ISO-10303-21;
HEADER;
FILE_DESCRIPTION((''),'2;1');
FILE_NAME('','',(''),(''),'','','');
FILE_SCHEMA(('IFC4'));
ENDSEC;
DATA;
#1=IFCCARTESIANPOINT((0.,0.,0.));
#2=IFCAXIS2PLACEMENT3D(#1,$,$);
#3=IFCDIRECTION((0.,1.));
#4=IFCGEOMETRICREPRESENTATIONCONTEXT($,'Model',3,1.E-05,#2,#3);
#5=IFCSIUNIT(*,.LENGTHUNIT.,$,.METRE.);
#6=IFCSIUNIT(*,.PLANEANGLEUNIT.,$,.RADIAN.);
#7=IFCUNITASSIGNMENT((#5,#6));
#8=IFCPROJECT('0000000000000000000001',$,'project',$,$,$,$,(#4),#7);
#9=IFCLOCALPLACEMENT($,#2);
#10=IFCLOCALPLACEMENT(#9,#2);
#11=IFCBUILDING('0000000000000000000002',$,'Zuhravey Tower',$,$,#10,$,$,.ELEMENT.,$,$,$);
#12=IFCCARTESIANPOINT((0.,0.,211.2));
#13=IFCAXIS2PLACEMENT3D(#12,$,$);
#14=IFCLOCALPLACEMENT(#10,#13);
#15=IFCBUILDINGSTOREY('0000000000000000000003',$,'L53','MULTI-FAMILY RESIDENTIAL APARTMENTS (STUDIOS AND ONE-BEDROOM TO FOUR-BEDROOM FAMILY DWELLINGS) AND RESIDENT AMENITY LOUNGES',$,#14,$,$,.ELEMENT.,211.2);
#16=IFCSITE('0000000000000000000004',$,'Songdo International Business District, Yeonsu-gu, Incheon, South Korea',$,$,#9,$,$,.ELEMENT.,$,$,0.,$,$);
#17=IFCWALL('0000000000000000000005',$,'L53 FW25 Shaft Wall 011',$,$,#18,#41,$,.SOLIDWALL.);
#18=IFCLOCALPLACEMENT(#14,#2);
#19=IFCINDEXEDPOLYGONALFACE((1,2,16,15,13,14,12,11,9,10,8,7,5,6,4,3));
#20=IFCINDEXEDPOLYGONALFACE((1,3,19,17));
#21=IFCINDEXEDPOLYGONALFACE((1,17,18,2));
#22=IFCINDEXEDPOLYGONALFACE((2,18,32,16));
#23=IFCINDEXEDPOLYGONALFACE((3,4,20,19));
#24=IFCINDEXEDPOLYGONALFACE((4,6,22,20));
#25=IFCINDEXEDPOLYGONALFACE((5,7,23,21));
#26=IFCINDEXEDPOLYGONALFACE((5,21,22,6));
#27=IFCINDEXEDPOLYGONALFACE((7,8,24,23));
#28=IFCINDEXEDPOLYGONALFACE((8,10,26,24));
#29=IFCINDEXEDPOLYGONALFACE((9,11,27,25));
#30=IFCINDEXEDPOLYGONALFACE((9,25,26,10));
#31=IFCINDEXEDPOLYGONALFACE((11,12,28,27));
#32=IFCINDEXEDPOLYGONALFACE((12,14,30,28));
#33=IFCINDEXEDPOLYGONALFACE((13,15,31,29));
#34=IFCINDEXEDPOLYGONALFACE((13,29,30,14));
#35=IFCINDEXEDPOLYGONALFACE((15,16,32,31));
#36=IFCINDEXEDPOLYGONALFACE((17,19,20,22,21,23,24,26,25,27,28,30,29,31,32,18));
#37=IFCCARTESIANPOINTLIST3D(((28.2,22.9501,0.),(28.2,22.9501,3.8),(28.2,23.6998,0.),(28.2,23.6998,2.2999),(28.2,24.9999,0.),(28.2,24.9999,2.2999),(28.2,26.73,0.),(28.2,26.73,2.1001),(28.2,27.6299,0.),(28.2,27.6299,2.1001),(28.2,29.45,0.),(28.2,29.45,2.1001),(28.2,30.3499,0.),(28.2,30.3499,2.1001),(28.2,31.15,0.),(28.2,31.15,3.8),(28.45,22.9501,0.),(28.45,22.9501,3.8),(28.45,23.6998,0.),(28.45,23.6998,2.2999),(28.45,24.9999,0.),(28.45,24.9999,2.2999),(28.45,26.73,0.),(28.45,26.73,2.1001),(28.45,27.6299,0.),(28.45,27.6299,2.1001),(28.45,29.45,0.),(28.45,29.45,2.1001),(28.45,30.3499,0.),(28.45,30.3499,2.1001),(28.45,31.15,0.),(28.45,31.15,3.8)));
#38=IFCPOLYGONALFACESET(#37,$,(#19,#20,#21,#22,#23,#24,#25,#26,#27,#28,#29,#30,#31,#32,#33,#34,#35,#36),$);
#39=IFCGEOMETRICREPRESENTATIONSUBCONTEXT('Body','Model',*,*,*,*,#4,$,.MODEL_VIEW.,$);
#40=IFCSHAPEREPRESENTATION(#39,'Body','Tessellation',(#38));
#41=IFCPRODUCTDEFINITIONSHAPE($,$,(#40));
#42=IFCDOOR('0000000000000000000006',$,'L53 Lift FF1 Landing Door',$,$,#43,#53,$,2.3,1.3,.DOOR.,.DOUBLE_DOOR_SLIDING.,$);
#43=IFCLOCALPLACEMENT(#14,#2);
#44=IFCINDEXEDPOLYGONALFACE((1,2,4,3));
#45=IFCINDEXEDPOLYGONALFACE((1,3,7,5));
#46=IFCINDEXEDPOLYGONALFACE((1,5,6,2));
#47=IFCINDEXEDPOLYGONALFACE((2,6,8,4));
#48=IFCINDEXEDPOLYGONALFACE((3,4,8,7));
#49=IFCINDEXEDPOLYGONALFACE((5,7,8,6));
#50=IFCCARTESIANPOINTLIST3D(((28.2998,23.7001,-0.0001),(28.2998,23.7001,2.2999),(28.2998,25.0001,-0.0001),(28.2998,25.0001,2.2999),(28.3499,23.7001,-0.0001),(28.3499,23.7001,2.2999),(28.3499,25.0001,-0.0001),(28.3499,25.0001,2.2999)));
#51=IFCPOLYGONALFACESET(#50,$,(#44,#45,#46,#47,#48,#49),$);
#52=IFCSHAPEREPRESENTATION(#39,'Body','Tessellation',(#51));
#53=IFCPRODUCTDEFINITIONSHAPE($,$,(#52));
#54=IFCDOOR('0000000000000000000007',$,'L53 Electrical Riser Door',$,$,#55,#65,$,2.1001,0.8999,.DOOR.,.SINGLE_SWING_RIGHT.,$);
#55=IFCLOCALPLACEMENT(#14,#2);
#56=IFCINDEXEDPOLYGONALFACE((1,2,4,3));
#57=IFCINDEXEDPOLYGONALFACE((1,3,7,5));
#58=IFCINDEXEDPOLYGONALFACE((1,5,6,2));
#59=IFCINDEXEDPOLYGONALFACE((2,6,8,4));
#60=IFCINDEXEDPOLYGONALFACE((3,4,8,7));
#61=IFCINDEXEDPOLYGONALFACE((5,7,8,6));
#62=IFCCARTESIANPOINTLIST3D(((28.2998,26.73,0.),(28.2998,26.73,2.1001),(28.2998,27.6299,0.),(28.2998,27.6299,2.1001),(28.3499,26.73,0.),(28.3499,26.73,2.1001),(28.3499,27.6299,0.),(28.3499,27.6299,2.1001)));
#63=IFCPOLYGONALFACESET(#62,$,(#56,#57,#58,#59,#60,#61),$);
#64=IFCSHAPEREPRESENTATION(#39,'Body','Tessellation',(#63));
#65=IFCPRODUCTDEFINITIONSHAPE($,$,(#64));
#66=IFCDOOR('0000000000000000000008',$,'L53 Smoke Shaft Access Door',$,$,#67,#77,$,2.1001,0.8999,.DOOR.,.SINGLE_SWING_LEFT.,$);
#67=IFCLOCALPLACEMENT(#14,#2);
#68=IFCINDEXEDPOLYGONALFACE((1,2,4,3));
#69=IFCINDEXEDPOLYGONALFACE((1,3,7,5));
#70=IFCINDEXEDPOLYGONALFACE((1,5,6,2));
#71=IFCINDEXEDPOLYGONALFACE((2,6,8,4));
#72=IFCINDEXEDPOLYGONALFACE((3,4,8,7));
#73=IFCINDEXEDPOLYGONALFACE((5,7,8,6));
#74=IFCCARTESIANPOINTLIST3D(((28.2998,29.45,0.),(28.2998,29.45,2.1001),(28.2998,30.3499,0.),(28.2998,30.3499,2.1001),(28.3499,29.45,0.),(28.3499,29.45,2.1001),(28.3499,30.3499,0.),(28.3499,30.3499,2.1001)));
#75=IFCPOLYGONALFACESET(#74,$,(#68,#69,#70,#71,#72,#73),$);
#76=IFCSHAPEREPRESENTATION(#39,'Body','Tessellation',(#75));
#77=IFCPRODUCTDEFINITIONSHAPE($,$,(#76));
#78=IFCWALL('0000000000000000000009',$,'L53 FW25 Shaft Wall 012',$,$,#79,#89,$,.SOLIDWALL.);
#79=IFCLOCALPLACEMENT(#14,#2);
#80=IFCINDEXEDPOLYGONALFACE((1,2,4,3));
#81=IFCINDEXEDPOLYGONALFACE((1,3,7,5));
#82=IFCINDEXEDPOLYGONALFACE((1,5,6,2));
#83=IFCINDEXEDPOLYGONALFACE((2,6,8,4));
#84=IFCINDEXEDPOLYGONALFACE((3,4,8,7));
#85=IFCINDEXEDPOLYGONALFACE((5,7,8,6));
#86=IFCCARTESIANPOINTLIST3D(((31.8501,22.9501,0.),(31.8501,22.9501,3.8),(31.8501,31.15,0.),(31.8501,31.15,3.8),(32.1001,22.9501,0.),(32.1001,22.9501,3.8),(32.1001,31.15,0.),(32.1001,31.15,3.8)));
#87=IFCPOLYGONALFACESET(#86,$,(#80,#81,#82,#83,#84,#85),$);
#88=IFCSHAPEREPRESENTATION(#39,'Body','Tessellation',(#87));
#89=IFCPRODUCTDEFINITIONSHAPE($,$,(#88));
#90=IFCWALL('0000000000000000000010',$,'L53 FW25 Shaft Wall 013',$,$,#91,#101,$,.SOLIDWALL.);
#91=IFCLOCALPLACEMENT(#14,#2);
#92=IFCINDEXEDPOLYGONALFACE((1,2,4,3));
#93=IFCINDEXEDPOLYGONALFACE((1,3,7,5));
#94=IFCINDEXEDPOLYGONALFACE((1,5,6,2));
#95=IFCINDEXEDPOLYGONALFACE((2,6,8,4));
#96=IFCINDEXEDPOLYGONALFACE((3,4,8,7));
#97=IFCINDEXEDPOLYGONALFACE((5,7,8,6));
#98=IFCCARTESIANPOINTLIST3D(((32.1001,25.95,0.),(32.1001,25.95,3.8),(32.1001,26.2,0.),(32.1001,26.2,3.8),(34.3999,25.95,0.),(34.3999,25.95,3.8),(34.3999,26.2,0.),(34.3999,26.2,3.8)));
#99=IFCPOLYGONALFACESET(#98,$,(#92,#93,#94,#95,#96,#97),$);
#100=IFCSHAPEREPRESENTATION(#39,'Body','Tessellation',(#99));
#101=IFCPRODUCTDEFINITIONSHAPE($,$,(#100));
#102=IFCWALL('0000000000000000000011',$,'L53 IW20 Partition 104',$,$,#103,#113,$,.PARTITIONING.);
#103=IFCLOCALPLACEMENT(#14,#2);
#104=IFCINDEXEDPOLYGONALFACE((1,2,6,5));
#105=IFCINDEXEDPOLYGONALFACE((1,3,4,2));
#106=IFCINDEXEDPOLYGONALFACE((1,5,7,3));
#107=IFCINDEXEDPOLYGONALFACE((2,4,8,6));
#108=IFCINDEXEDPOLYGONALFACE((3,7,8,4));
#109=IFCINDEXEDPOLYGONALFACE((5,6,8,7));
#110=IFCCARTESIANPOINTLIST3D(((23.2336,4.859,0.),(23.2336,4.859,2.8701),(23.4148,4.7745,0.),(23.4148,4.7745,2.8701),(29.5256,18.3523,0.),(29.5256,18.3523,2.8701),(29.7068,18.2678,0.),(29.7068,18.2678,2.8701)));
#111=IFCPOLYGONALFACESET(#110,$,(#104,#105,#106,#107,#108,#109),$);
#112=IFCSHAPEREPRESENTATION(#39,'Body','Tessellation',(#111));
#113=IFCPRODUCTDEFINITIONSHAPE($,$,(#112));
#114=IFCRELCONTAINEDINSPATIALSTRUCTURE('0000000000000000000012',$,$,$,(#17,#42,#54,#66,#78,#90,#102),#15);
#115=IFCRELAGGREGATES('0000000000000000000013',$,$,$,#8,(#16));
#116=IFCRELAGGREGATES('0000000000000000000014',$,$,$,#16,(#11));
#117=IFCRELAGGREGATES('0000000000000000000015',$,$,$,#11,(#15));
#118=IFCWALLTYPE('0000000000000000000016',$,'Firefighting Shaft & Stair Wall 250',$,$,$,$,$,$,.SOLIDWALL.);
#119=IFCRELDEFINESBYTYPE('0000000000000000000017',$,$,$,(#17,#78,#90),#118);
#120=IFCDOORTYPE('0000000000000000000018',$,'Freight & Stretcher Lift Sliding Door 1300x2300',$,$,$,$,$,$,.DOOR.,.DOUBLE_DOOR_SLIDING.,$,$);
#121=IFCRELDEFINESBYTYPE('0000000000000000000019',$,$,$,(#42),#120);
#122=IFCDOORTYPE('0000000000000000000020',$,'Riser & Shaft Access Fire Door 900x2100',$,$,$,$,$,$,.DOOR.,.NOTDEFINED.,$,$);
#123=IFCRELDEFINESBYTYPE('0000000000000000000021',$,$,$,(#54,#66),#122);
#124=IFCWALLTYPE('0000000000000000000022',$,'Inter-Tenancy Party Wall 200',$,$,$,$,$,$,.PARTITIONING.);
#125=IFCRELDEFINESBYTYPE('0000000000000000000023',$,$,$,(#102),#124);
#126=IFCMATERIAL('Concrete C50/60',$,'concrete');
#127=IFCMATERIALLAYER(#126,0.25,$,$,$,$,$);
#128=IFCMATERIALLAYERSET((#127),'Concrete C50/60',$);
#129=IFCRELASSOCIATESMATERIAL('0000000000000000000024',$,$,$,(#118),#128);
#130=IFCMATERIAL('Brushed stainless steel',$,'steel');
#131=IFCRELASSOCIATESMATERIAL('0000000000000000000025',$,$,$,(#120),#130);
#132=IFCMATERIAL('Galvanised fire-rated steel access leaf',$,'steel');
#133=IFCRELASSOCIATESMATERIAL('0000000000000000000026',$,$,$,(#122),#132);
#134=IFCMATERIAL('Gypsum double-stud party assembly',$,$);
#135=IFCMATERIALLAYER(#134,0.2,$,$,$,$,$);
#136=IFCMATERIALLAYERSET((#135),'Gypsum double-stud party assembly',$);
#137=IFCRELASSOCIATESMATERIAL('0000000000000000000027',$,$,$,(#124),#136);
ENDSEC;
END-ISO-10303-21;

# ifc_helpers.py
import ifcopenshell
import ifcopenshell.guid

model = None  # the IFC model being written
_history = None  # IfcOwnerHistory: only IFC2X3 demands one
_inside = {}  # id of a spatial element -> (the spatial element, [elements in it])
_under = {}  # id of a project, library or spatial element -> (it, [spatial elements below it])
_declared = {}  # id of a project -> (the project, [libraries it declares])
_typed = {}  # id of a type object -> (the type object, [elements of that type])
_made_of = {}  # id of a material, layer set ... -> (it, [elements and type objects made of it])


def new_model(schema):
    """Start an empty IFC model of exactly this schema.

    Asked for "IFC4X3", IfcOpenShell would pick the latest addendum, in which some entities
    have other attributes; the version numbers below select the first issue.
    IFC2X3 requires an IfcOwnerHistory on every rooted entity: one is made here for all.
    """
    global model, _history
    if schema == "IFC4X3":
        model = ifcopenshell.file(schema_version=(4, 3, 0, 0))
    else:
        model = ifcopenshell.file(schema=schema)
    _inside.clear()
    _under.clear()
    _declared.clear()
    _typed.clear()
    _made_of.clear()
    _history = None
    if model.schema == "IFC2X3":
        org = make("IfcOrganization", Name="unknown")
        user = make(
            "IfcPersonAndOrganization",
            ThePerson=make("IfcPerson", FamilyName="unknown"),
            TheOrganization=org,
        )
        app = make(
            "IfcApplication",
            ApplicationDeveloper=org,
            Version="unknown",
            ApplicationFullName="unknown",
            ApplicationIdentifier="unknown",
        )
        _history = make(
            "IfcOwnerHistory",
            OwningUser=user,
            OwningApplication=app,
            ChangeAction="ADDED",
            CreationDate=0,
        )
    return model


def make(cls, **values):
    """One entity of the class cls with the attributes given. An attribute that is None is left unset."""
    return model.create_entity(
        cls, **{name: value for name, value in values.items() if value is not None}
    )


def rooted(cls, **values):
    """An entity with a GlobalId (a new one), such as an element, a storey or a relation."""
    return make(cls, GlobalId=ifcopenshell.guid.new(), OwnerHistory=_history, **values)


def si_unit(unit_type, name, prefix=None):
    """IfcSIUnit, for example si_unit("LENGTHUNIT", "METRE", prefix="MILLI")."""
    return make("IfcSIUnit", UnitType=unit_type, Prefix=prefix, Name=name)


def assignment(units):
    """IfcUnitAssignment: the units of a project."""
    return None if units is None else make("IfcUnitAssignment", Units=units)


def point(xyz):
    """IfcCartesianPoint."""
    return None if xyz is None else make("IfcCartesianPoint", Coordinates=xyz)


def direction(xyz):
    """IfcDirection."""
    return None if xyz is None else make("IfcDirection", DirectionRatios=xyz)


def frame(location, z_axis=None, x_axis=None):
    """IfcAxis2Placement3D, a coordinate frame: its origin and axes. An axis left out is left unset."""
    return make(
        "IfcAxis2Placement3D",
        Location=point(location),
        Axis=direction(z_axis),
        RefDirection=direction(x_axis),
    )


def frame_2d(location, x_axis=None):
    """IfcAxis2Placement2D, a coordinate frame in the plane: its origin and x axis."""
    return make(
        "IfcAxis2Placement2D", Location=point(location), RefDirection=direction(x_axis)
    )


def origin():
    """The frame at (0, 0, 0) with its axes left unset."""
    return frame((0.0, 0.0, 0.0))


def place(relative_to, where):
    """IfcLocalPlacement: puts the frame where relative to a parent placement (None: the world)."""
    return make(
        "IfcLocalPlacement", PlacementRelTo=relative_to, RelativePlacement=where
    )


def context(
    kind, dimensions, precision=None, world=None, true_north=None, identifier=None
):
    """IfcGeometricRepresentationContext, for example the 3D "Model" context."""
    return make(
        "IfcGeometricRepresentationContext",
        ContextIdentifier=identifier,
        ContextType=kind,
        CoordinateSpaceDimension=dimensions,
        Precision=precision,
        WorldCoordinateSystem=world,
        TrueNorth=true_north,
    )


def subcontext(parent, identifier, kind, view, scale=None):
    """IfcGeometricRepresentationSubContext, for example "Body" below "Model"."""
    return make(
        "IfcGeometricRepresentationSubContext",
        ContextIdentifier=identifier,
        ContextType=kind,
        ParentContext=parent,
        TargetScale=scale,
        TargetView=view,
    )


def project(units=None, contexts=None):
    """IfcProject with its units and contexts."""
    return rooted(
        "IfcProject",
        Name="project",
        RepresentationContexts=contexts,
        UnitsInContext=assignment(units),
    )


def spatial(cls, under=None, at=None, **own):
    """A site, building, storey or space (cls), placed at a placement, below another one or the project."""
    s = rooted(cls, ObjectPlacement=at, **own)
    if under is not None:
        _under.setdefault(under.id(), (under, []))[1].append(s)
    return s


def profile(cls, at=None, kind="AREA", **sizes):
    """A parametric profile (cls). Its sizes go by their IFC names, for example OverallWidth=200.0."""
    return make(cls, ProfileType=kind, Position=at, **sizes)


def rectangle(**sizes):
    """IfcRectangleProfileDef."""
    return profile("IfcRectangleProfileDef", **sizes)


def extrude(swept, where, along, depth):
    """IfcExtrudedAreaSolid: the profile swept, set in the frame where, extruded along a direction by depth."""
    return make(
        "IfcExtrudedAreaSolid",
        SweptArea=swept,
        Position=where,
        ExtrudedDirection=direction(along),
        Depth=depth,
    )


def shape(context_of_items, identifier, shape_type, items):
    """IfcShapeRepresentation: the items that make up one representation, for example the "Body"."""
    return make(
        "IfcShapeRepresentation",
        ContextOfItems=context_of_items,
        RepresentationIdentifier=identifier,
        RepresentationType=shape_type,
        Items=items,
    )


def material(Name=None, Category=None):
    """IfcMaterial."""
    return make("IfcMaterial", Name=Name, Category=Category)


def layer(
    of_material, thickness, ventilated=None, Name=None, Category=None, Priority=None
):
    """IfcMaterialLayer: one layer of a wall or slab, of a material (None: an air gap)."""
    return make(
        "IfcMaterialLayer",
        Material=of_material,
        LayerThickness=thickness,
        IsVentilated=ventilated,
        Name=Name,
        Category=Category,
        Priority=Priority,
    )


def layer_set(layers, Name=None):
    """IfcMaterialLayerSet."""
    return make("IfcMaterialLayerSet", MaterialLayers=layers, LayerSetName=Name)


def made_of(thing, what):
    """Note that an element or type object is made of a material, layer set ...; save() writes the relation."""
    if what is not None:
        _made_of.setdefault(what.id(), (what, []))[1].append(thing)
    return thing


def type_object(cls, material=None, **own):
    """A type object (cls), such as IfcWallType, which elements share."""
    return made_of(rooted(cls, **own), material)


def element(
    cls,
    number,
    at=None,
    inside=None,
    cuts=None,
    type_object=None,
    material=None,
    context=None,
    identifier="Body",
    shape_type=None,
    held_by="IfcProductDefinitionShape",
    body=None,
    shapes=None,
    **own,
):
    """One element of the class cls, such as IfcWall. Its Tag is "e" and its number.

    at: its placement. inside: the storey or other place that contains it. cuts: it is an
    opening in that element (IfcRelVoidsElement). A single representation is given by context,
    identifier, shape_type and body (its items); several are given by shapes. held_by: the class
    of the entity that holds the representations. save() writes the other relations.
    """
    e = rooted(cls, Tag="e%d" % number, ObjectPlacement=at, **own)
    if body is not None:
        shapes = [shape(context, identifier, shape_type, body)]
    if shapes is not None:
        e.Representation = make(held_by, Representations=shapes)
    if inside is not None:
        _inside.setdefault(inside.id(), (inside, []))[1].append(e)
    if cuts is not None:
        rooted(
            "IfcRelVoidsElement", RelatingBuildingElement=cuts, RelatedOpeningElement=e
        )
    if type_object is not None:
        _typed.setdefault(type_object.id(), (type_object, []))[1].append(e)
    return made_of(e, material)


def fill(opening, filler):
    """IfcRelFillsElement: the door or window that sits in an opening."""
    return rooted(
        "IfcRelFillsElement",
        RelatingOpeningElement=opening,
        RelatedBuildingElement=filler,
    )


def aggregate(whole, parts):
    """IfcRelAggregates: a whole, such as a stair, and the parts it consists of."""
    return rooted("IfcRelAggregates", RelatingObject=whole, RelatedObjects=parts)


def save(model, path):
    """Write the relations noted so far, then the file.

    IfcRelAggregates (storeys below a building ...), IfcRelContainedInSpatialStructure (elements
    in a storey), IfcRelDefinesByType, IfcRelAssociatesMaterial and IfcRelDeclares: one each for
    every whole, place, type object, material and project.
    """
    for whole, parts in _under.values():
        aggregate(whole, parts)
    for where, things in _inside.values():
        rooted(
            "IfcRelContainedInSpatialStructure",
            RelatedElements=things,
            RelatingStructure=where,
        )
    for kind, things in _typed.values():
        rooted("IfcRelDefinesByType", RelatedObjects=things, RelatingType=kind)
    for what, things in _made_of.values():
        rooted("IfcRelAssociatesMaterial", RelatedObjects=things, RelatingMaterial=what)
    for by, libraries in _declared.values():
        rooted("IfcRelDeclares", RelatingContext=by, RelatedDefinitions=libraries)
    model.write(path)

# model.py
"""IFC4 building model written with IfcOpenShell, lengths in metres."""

from ifc_helpers import new_model, si_unit, direction, frame, frame_2d, origin, place, context, subcontext, project, spatial, rectangle, extrude, material, layer, layer_set, type_object, element, fill, save


model = new_model("IFC4")

# Units and contexts
model_context = context("Model", 3, precision=1e-05, world=origin(), true_north=direction((0.0, 1.0)))
body_context = subcontext(model_context, "Body", "Model", "MODEL_VIEW")
ifc_project = project(units=[si_unit("LENGTHUNIT", "METRE"), si_unit("PLANEANGLEUNIT", "RADIAN")], contexts=[model_context])

# Site, building, storey
site_placement = place(None, origin())
site = spatial("IfcSite", under=ifc_project, at=site_placement, Name="Songdo International Business District, Yeonsu-gu, Incheon, South Korea", CompositionType="ELEMENT", RefElevation=0.0)
building_placement = place(site_placement, origin())
building = spatial("IfcBuilding", under=site, at=building_placement, Name="Zuhravey Tower", CompositionType="ELEMENT")
storey_placement = place(building_placement, frame((0.0, 0.0, 211.2)))
storey = spatial("IfcBuildingStorey", under=building, at=storey_placement, Name="L53", Description="MULTI-FAMILY RESIDENTIAL APARTMENTS (STUDIOS AND ONE-BEDROOM TO FOUR-BEDROOM FAMILY DWELLINGS) AND RESIDENT AMENITY LOUNGES", CompositionType="ELEMENT", Elevation=211.2)

# Shared definitions
ifc_material_1 = material(Name="Concrete C50/60", Category="concrete")
ifc_layer_1 = layer(ifc_material_1, 0.25)
ifc_layer_set_1 = layer_set([ifc_layer_1], Name="Concrete C50/60")
wall_type_1 = type_object("IfcWallType", Name="Firefighting Shaft & Stair Wall 250", PredefinedType="SOLIDWALL", material=ifc_layer_set_1)

# Wall, openings, doors
wall_1_placement = place(storey_placement, frame((28.325, 22.95, 0.0), z_axis=(0.0, 0.0, 1.0), x_axis=(0.0, 1.0, 0.0)))
wall_1 = element("IfcWall", 1, at=wall_1_placement, inside=storey, type_object=wall_type_1, Name="L53 FW25 Shaft Wall 011", PredefinedType="SOLIDWALL", context=body_context, shape_type="SweptSolid", body=[
    extrude(rectangle(XDim=8.2, YDim=0.25, at=frame_2d((4.1001, 0.0))), origin(), (0.0, 0.0, 1.0), 3.8),
])
opening_1_placement = place(wall_1_placement, frame((0.75, 0.0, 0.0)))
opening_1 = element("IfcOpeningElement", 2, at=opening_1_placement, cuts=wall_1, PredefinedType="OPENING", context=body_context, shape_type="SweptSolid", body=[
    extrude(rectangle(XDim=1.3, YDim=2.3, at=frame_2d((0.6499, 1.1499))), frame((0.0, 0.137, 0.0), z_axis=(0.0, -1.0, 0.0), x_axis=(1.0, 0.0, 0.0)), (0.0, 0.0, 1.0), 0.2739),
])
opening_2_placement = place(wall_1_placement, frame((3.78, 0.0, 0.0)))
opening_2 = element("IfcOpeningElement", 3, at=opening_2_placement, cuts=wall_1, PredefinedType="OPENING", context=body_context, shape_type="SweptSolid", body=[
    extrude(rectangle(XDim=0.8999, YDim=2.1001, at=frame_2d((0.45, 1.05))), frame((0.0, 0.137, 0.0), z_axis=(0.0, -1.0, 0.0), x_axis=(1.0, 0.0, 0.0)), (0.0, 0.0, 1.0), 0.2739),
])
opening_3_placement = place(wall_1_placement, frame((6.5, 0.0, 0.0)))
opening_3 = element("IfcOpeningElement", 4, at=opening_3_placement, cuts=wall_1, PredefinedType="OPENING", context=body_context, shape_type="SweptSolid", body=[
    extrude(rectangle(XDim=0.8999, YDim=2.1001, at=frame_2d((0.45, 1.05))), frame((0.0, 0.137, 0.0), z_axis=(0.0, -1.0, 0.0), x_axis=(1.0, 0.0, 0.0)), (0.0, 0.0, 1.0), 0.2739),
])
ifc_material_2 = material(Name="Brushed stainless steel", Category="steel")
door_type_1 = type_object("IfcDoorType", Name="Freight & Stretcher Lift Sliding Door 1300x2300", OperationType="DOUBLE_DOOR_SLIDING", PredefinedType="DOOR", material=ifc_material_2)
door_1_placement = place(opening_1_placement, frame((1.3, 0.0, 0.0), z_axis=(0.0, 0.0, 1.0), x_axis=(-1.0, 0.0, 0.0)))
door_1 = element("IfcDoor", 5, at=door_1_placement, inside=storey, type_object=door_type_1, Name="L53 Lift FF1 Landing Door", OperationType="DOUBLE_DOOR_SLIDING", OverallHeight=2.3, OverallWidth=1.3, PredefinedType="DOOR", context=body_context, shape_type="SweptSolid", body=[
    extrude(rectangle(XDim=1.3, YDim=2.3, at=frame_2d((0.6499, 1.1499))), frame((0.0, 0.0249, 0.0), z_axis=(0.0, -1.0, 0.0), x_axis=(1.0, 0.0, 0.0)), (0.0, 0.0, 1.0), 0.05),
])
fill(opening_1, door_1)
ifc_material_3 = material(Name="Galvanised fire-rated steel access leaf", Category="steel")
door_type_2 = type_object("IfcDoorType", Name="Riser & Shaft Access Fire Door 900x2100", OperationType="NOTDEFINED", PredefinedType="DOOR", material=ifc_material_3)
door_2_placement = place(opening_2_placement, frame((0.8999, 0.0, 0.0), z_axis=(0.0, 0.0, 1.0), x_axis=(-1.0, 0.0, 0.0)))
door_2 = element("IfcDoor", 6, at=door_2_placement, inside=storey, type_object=door_type_2, Name="L53 Electrical Riser Door", OperationType="SINGLE_SWING_RIGHT", OverallHeight=2.1001, OverallWidth=0.8999, PredefinedType="DOOR", context=body_context, shape_type="SweptSolid", body=[
    extrude(rectangle(XDim=0.8999, YDim=2.1001, at=frame_2d((0.45, 1.05))), frame((0.0, 0.0249, 0.0), z_axis=(0.0, -1.0, 0.0), x_axis=(1.0, 0.0, 0.0)), (0.0, 0.0, 1.0), 0.05),
])
fill(opening_2, door_2)
door_3_placement = place(opening_3_placement, frame((0.8999, 0.0, 0.0), z_axis=(0.0, 0.0, 1.0), x_axis=(-1.0, 0.0, 0.0)))
door_3 = element("IfcDoor", 7, at=door_3_placement, inside=storey, type_object=door_type_2, Name="L53 Smoke Shaft Access Door", OperationType="SINGLE_SWING_LEFT", OverallHeight=2.1001, OverallWidth=0.8999, PredefinedType="DOOR", context=body_context, shape_type="SweptSolid", body=[
    extrude(rectangle(XDim=0.8999, YDim=2.1001, at=frame_2d((0.45, 1.05))), frame((0.0, 0.0249, 0.0), z_axis=(0.0, -1.0, 0.0), x_axis=(1.0, 0.0, 0.0)), (0.0, 0.0, 1.0), 0.05),
])
fill(opening_3, door_3)

# Walls
wall_2_placement = place(storey_placement, frame((31.9751, 22.95, 0.0), z_axis=(0.0, 0.0, 1.0), x_axis=(0.0, 1.0, 0.0)))
element("IfcWall", 8, at=wall_2_placement, inside=storey, type_object=wall_type_1, Name="L53 FW25 Shaft Wall 012", PredefinedType="SOLIDWALL", context=body_context, shape_type="SweptSolid", body=[
    extrude(rectangle(XDim=8.2, YDim=0.25, at=frame_2d((4.1001, 0.0))), origin(), (0.0, 0.0, 1.0), 3.8),
])
wall_3_placement = place(storey_placement, frame((32.1001, 26.075, 0.0), z_axis=(0.0, 0.0, 1.0), x_axis=(1.0, 0.0, 0.0)))
element("IfcWall", 9, at=wall_3_placement, inside=storey, type_object=wall_type_1, Name="L53 FW25 Shaft Wall 013", PredefinedType="SOLIDWALL", context=body_context, shape_type="SweptSolid", body=[
    extrude(rectangle(XDim=2.2998, YDim=0.25, at=frame_2d((1.1499, 0.0))), origin(), (0.0, 0.0, 1.0), 3.8),
])
ifc_material_4 = material(Name="Gypsum double-stud party assembly")
ifc_layer_2 = layer(ifc_material_4, 0.2)
ifc_layer_set_2 = layer_set([ifc_layer_2], Name="Gypsum double-stud party assembly")
wall_type_2 = type_object("IfcWallType", Name="Inter-Tenancy Party Wall 200", PredefinedType="PARTITIONING", material=ifc_layer_set_2)
wall_4_placement = place(storey_placement, frame((29.6162, 18.3101, 0.0), z_axis=(0.0, 0.0, 1.0), x_axis=(-0.42262, -0.906307, 0.0)))
element("IfcWall", 10, at=wall_4_placement, inside=storey, type_object=wall_type_2, Name="L53 IW20 Partition 104", PredefinedType="PARTITIONING", context=body_context, shape_type="SweptSolid", body=[
    extrude(rectangle(XDim=14.8882, YDim=0.2, at=frame_2d((7.4441, 0.0))), origin(), (0.0, 0.0, 1.0), 2.8701),
])

save(model, "model.ifc")
